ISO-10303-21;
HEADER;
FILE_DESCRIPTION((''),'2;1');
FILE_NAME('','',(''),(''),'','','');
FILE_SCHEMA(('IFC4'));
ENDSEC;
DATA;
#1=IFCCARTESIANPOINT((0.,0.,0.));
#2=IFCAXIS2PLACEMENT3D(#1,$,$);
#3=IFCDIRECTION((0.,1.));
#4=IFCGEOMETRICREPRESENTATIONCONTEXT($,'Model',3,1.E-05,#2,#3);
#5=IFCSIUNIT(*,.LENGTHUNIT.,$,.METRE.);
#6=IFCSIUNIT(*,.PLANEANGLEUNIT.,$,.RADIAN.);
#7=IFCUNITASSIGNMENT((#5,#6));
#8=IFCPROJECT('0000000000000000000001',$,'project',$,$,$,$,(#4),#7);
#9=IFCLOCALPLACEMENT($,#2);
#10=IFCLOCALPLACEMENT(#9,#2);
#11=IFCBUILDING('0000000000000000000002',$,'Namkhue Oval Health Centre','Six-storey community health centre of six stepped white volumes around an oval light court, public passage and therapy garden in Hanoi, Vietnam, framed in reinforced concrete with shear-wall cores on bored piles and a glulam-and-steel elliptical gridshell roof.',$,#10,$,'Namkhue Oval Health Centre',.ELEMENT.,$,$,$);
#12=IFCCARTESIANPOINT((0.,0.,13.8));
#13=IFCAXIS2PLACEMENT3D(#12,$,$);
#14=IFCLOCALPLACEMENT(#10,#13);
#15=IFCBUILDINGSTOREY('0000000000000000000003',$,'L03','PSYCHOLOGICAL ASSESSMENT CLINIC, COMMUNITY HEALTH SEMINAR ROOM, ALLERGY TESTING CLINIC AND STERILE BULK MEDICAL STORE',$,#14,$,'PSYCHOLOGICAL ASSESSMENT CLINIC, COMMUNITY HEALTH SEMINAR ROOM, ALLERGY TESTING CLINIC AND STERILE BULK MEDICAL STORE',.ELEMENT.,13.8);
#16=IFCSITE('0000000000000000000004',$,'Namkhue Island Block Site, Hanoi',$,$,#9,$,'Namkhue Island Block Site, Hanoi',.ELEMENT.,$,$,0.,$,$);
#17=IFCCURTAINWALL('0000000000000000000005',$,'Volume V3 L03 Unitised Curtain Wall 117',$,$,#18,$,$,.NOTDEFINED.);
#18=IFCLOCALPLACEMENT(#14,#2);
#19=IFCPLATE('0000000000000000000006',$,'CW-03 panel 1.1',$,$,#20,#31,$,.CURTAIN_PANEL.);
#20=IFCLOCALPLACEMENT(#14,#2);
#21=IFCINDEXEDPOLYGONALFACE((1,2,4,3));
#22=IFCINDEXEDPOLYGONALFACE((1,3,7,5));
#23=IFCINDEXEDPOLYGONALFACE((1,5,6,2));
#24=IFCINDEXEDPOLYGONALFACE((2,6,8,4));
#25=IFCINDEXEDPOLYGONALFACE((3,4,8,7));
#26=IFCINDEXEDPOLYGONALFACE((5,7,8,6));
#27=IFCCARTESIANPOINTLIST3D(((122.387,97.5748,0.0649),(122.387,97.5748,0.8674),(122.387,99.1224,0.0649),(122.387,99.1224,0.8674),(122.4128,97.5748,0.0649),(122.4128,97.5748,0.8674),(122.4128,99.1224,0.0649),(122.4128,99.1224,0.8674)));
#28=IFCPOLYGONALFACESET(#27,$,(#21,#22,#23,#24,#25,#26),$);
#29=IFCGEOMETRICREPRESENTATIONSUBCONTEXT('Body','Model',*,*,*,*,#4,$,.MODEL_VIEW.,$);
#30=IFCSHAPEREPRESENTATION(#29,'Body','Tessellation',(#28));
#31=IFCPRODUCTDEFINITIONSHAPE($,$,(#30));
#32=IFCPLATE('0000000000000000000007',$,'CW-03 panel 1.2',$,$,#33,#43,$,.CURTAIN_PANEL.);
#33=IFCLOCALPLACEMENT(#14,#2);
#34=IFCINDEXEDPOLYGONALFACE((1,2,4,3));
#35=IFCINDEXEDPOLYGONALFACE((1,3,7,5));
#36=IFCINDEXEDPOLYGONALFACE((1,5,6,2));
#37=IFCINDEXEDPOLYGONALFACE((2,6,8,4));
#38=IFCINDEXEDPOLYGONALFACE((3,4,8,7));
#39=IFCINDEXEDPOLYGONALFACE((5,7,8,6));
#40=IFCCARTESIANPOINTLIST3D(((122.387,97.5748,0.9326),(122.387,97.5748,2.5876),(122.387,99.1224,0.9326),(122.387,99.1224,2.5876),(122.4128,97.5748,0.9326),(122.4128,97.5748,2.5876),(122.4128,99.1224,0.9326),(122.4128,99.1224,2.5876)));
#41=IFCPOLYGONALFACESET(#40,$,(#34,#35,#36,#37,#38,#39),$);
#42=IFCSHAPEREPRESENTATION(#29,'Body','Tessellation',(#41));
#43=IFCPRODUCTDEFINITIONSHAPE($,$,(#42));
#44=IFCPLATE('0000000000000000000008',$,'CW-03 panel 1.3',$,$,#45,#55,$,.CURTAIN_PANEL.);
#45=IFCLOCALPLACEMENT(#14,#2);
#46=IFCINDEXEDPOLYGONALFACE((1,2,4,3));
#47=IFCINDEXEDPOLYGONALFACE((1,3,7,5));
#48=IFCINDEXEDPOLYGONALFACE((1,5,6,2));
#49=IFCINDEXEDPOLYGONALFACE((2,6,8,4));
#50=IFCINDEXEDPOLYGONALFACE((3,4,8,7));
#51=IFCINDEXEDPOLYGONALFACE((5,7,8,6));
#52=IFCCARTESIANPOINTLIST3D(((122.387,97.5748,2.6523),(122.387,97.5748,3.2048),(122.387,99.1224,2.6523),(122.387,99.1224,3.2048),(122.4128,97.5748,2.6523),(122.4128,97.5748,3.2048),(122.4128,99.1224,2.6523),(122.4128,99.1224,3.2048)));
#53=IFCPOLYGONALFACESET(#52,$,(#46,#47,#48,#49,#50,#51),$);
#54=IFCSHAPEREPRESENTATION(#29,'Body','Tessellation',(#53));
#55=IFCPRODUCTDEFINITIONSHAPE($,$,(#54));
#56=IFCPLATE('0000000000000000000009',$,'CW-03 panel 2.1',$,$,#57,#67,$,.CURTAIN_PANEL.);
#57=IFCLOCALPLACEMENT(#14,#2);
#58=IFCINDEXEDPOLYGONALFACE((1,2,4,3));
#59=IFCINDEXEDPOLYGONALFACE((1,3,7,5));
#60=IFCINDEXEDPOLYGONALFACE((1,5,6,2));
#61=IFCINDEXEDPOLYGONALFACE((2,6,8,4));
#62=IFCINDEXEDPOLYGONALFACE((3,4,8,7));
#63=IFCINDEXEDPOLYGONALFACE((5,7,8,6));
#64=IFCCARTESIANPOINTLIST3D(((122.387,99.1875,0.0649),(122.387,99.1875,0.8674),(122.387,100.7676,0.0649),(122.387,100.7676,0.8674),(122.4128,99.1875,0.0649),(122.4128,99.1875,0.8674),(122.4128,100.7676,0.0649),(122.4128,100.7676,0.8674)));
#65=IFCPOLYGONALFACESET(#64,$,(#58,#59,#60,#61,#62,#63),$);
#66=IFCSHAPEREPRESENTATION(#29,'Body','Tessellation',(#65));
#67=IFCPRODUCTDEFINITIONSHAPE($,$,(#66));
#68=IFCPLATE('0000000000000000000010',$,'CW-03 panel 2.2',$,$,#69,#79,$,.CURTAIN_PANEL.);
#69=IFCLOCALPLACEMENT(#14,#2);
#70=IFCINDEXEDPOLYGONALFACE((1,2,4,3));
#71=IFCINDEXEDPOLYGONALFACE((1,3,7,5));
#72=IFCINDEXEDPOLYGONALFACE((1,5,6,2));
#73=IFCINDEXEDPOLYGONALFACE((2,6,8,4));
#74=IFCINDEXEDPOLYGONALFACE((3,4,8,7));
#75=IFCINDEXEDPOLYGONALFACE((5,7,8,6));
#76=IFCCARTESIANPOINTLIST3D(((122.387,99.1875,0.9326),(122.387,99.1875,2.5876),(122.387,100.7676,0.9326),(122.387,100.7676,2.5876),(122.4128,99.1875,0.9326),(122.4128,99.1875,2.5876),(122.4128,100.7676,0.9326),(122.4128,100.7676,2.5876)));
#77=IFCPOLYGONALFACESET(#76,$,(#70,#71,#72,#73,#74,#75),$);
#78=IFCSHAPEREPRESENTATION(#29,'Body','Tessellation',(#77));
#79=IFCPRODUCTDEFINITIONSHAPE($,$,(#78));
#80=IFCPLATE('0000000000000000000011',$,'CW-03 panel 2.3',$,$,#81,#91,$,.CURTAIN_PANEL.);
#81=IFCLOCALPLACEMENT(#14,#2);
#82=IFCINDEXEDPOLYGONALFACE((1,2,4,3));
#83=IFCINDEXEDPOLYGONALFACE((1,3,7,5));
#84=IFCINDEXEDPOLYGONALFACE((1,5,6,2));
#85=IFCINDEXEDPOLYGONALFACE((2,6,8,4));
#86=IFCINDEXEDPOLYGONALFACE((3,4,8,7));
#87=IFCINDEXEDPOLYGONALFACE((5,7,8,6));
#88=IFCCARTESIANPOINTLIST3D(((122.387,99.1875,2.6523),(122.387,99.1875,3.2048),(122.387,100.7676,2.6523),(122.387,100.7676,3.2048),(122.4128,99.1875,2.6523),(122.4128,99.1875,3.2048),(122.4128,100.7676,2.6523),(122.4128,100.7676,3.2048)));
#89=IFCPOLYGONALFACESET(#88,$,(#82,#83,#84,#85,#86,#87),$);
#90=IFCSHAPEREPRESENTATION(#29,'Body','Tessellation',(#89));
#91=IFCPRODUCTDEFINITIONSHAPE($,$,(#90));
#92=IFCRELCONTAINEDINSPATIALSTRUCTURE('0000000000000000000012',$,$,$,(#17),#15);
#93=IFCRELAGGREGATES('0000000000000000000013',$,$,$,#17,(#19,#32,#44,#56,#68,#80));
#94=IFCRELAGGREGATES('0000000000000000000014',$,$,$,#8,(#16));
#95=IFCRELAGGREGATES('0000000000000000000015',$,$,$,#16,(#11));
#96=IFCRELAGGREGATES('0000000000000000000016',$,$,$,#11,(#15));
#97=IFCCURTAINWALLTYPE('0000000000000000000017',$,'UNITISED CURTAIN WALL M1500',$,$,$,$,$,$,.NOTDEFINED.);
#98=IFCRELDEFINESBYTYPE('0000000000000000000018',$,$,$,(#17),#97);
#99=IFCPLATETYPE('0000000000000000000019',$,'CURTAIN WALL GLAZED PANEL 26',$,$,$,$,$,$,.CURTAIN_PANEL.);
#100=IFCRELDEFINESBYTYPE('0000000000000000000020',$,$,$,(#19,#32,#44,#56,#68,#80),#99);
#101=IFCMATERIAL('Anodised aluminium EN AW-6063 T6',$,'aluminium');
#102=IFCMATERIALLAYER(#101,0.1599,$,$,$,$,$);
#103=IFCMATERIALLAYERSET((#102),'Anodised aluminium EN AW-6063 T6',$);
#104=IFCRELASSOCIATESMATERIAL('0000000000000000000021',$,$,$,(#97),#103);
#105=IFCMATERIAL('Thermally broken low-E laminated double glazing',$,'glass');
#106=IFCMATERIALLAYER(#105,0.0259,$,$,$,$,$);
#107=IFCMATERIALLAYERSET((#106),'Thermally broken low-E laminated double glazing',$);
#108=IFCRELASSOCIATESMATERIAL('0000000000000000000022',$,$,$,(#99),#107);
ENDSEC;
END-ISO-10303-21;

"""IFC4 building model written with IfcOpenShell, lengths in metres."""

from ifc_helpers import new_model, si_unit, direction, frame, origin, origin_2d, place, context, subcontext, project, spatial, rectangle, extrude, material, layer, layer_set, type_object, element, aggregate, save


model = new_model("IFC4")

# Units and contexts
model_context = context("Model", 3, precision=1e-05, world=origin(), true_north=direction((0.0, 1.0)))
body_context = subcontext(model_context, "Body", "Model", "MODEL_VIEW")
ifc_project = project(units=[si_unit("LENGTHUNIT", "METRE"), si_unit("PLANEANGLEUNIT", "RADIAN")], contexts=[model_context])

# Site, building, storey
site_placement = place(None, origin())
site = spatial("IfcSite", under=ifc_project, at=site_placement, Name="Namkhue Island Block Site, Hanoi", LongName="Namkhue Island Block Site, Hanoi", CompositionType="ELEMENT", RefElevation=0.0)
building_placement = place(site_placement, origin())
building = spatial("IfcBuilding", under=site, at=building_placement, Name="Namkhue Oval Health Centre", Description="Six-storey community health centre of six stepped white volumes around an oval light court, public passage and therapy garden in Hanoi, Vietnam, framed in reinforced concrete with shear-wall cores on bored piles and a glulam-and-steel elliptical gridshell roof.", LongName="Namkhue Oval Health Centre", CompositionType="ELEMENT")
storey_placement = place(building_placement, frame((0.0, 0.0, 13.8)))
storey = spatial("IfcBuildingStorey", under=building, at=storey_placement, Name="L03", Description="PSYCHOLOGICAL ASSESSMENT CLINIC, COMMUNITY HEALTH SEMINAR ROOM, ALLERGY TESTING CLINIC AND STERILE BULK MEDICAL STORE", LongName="PSYCHOLOGICAL ASSESSMENT CLINIC, COMMUNITY HEALTH SEMINAR ROOM, ALLERGY TESTING CLINIC AND STERILE BULK MEDICAL STORE", CompositionType="ELEMENT", Elevation=13.8)

# Curtain wall, plates
ifc_material_1 = material(Name="Anodised aluminium EN AW-6063 T6", Category="aluminium")
ifc_layer_1 = layer(ifc_material_1, 0.1599)
ifc_layer_set_1 = layer_set([ifc_layer_1], Name="Anodised aluminium EN AW-6063 T6")
curtain_wall_type = type_object("IfcCurtainWallType", Name="UNITISED CURTAIN WALL M1500", PredefinedType="NOTDEFINED", material=ifc_layer_set_1)
curtain_wall_placement = place(storey_placement, origin())
curtain_wall = element("IfcCurtainWall", 1, at=curtain_wall_placement, inside=storey, type_object=curtain_wall_type, Name="Volume V3 L03 Unitised Curtain Wall 117", PredefinedType="NOTDEFINED")
ifc_material_2 = material(Name="Thermally broken low-E laminated double glazing", Category="glass")
ifc_layer_2 = layer(ifc_material_2, 0.0259)
ifc_layer_set_2 = layer_set([ifc_layer_2], Name="Thermally broken low-E laminated double glazing")
plate_type = type_object("IfcPlateType", Name="CURTAIN WALL GLAZED PANEL 26", PredefinedType="CURTAIN_PANEL", material=ifc_layer_set_2)
plate_1_placement = place(storey_placement, frame((122.3999, 98.3486, 0.0649), z_axis=(0.0, 0.0, 1.0), x_axis=(0.0, 1.0, 0.0)))
plate_1 = element("IfcPlate", 2, at=plate_1_placement, type_object=plate_type, Name="CW-03 panel 1.1", PredefinedType="CURTAIN_PANEL", context=body_context, shape_type="SweptSolid", body=[
    extrude(rectangle(XDim=1.5476, YDim=0.0259, at=origin_2d()), origin(), (0.0, 0.0, 1.0), 0.8025),
])
plate_2_placement = place(storey_placement, frame((122.3999, 98.3486, 0.9326), z_axis=(0.0, 0.0, 1.0), x_axis=(0.0, 1.0, 0.0)))
plate_2 = element("IfcPlate", 3, at=plate_2_placement, type_object=plate_type, Name="CW-03 panel 1.2", PredefinedType="CURTAIN_PANEL", context=body_context, shape_type="SweptSolid", body=[
    extrude(rectangle(XDim=1.5476, YDim=0.0259, at=origin_2d()), origin(), (0.0, 0.0, 1.0), 1.655),
])
plate_3_placement = place(storey_placement, frame((122.3999, 98.3486, 2.6523), z_axis=(0.0, 0.0, 1.0), x_axis=(0.0, 1.0, 0.0)))
plate_3 = element("IfcPlate", 4, at=plate_3_placement, type_object=plate_type, Name="CW-03 panel 1.3", PredefinedType="CURTAIN_PANEL", context=body_context, shape_type="SweptSolid", body=[
    extrude(rectangle(XDim=1.5476, YDim=0.0259, at=origin_2d()), origin(), (0.0, 0.0, 1.0), 0.5525),
])
plate_4_placement = place(storey_placement, frame((122.3999, 99.9775, 0.0649), z_axis=(0.0, 0.0, 1.0), x_axis=(0.0, 1.0, 0.0)))
plate_4 = element("IfcPlate", 5, at=plate_4_placement, type_object=plate_type, Name="CW-03 panel 2.1", PredefinedType="CURTAIN_PANEL", context=body_context, shape_type="SweptSolid", body=[
    extrude(rectangle(XDim=1.5801, YDim=0.0259, at=origin_2d()), origin(), (0.0, 0.0, 1.0), 0.8025),
])
plate_5_placement = place(storey_placement, frame((122.3999, 99.9775, 0.9326), z_axis=(0.0, 0.0, 1.0), x_axis=(0.0, 1.0, 0.0)))
plate_5 = element("IfcPlate", 6, at=plate_5_placement, type_object=plate_type, Name="CW-03 panel 2.2", PredefinedType="CURTAIN_PANEL", context=body_context, shape_type="SweptSolid", body=[
    extrude(rectangle(XDim=1.5801, YDim=0.0259, at=origin_2d()), origin(), (0.0, 0.0, 1.0), 1.655),
])
plate_6_placement = place(storey_placement, frame((122.3999, 99.9775, 2.6523), z_axis=(0.0, 0.0, 1.0), x_axis=(0.0, 1.0, 0.0)))
plate_6 = element("IfcPlate", 7, at=plate_6_placement, type_object=plate_type, Name="CW-03 panel 2.3", PredefinedType="CURTAIN_PANEL", context=body_context, shape_type="SweptSolid", body=[
    extrude(rectangle(XDim=1.5801, YDim=0.0259, at=origin_2d()), origin(), (0.0, 0.0, 1.0), 0.5525),
])
aggregate(curtain_wall, [plate_1, plate_2, plate_3, plate_4, plate_5, plate_6])

save(model, "model.ifc")
